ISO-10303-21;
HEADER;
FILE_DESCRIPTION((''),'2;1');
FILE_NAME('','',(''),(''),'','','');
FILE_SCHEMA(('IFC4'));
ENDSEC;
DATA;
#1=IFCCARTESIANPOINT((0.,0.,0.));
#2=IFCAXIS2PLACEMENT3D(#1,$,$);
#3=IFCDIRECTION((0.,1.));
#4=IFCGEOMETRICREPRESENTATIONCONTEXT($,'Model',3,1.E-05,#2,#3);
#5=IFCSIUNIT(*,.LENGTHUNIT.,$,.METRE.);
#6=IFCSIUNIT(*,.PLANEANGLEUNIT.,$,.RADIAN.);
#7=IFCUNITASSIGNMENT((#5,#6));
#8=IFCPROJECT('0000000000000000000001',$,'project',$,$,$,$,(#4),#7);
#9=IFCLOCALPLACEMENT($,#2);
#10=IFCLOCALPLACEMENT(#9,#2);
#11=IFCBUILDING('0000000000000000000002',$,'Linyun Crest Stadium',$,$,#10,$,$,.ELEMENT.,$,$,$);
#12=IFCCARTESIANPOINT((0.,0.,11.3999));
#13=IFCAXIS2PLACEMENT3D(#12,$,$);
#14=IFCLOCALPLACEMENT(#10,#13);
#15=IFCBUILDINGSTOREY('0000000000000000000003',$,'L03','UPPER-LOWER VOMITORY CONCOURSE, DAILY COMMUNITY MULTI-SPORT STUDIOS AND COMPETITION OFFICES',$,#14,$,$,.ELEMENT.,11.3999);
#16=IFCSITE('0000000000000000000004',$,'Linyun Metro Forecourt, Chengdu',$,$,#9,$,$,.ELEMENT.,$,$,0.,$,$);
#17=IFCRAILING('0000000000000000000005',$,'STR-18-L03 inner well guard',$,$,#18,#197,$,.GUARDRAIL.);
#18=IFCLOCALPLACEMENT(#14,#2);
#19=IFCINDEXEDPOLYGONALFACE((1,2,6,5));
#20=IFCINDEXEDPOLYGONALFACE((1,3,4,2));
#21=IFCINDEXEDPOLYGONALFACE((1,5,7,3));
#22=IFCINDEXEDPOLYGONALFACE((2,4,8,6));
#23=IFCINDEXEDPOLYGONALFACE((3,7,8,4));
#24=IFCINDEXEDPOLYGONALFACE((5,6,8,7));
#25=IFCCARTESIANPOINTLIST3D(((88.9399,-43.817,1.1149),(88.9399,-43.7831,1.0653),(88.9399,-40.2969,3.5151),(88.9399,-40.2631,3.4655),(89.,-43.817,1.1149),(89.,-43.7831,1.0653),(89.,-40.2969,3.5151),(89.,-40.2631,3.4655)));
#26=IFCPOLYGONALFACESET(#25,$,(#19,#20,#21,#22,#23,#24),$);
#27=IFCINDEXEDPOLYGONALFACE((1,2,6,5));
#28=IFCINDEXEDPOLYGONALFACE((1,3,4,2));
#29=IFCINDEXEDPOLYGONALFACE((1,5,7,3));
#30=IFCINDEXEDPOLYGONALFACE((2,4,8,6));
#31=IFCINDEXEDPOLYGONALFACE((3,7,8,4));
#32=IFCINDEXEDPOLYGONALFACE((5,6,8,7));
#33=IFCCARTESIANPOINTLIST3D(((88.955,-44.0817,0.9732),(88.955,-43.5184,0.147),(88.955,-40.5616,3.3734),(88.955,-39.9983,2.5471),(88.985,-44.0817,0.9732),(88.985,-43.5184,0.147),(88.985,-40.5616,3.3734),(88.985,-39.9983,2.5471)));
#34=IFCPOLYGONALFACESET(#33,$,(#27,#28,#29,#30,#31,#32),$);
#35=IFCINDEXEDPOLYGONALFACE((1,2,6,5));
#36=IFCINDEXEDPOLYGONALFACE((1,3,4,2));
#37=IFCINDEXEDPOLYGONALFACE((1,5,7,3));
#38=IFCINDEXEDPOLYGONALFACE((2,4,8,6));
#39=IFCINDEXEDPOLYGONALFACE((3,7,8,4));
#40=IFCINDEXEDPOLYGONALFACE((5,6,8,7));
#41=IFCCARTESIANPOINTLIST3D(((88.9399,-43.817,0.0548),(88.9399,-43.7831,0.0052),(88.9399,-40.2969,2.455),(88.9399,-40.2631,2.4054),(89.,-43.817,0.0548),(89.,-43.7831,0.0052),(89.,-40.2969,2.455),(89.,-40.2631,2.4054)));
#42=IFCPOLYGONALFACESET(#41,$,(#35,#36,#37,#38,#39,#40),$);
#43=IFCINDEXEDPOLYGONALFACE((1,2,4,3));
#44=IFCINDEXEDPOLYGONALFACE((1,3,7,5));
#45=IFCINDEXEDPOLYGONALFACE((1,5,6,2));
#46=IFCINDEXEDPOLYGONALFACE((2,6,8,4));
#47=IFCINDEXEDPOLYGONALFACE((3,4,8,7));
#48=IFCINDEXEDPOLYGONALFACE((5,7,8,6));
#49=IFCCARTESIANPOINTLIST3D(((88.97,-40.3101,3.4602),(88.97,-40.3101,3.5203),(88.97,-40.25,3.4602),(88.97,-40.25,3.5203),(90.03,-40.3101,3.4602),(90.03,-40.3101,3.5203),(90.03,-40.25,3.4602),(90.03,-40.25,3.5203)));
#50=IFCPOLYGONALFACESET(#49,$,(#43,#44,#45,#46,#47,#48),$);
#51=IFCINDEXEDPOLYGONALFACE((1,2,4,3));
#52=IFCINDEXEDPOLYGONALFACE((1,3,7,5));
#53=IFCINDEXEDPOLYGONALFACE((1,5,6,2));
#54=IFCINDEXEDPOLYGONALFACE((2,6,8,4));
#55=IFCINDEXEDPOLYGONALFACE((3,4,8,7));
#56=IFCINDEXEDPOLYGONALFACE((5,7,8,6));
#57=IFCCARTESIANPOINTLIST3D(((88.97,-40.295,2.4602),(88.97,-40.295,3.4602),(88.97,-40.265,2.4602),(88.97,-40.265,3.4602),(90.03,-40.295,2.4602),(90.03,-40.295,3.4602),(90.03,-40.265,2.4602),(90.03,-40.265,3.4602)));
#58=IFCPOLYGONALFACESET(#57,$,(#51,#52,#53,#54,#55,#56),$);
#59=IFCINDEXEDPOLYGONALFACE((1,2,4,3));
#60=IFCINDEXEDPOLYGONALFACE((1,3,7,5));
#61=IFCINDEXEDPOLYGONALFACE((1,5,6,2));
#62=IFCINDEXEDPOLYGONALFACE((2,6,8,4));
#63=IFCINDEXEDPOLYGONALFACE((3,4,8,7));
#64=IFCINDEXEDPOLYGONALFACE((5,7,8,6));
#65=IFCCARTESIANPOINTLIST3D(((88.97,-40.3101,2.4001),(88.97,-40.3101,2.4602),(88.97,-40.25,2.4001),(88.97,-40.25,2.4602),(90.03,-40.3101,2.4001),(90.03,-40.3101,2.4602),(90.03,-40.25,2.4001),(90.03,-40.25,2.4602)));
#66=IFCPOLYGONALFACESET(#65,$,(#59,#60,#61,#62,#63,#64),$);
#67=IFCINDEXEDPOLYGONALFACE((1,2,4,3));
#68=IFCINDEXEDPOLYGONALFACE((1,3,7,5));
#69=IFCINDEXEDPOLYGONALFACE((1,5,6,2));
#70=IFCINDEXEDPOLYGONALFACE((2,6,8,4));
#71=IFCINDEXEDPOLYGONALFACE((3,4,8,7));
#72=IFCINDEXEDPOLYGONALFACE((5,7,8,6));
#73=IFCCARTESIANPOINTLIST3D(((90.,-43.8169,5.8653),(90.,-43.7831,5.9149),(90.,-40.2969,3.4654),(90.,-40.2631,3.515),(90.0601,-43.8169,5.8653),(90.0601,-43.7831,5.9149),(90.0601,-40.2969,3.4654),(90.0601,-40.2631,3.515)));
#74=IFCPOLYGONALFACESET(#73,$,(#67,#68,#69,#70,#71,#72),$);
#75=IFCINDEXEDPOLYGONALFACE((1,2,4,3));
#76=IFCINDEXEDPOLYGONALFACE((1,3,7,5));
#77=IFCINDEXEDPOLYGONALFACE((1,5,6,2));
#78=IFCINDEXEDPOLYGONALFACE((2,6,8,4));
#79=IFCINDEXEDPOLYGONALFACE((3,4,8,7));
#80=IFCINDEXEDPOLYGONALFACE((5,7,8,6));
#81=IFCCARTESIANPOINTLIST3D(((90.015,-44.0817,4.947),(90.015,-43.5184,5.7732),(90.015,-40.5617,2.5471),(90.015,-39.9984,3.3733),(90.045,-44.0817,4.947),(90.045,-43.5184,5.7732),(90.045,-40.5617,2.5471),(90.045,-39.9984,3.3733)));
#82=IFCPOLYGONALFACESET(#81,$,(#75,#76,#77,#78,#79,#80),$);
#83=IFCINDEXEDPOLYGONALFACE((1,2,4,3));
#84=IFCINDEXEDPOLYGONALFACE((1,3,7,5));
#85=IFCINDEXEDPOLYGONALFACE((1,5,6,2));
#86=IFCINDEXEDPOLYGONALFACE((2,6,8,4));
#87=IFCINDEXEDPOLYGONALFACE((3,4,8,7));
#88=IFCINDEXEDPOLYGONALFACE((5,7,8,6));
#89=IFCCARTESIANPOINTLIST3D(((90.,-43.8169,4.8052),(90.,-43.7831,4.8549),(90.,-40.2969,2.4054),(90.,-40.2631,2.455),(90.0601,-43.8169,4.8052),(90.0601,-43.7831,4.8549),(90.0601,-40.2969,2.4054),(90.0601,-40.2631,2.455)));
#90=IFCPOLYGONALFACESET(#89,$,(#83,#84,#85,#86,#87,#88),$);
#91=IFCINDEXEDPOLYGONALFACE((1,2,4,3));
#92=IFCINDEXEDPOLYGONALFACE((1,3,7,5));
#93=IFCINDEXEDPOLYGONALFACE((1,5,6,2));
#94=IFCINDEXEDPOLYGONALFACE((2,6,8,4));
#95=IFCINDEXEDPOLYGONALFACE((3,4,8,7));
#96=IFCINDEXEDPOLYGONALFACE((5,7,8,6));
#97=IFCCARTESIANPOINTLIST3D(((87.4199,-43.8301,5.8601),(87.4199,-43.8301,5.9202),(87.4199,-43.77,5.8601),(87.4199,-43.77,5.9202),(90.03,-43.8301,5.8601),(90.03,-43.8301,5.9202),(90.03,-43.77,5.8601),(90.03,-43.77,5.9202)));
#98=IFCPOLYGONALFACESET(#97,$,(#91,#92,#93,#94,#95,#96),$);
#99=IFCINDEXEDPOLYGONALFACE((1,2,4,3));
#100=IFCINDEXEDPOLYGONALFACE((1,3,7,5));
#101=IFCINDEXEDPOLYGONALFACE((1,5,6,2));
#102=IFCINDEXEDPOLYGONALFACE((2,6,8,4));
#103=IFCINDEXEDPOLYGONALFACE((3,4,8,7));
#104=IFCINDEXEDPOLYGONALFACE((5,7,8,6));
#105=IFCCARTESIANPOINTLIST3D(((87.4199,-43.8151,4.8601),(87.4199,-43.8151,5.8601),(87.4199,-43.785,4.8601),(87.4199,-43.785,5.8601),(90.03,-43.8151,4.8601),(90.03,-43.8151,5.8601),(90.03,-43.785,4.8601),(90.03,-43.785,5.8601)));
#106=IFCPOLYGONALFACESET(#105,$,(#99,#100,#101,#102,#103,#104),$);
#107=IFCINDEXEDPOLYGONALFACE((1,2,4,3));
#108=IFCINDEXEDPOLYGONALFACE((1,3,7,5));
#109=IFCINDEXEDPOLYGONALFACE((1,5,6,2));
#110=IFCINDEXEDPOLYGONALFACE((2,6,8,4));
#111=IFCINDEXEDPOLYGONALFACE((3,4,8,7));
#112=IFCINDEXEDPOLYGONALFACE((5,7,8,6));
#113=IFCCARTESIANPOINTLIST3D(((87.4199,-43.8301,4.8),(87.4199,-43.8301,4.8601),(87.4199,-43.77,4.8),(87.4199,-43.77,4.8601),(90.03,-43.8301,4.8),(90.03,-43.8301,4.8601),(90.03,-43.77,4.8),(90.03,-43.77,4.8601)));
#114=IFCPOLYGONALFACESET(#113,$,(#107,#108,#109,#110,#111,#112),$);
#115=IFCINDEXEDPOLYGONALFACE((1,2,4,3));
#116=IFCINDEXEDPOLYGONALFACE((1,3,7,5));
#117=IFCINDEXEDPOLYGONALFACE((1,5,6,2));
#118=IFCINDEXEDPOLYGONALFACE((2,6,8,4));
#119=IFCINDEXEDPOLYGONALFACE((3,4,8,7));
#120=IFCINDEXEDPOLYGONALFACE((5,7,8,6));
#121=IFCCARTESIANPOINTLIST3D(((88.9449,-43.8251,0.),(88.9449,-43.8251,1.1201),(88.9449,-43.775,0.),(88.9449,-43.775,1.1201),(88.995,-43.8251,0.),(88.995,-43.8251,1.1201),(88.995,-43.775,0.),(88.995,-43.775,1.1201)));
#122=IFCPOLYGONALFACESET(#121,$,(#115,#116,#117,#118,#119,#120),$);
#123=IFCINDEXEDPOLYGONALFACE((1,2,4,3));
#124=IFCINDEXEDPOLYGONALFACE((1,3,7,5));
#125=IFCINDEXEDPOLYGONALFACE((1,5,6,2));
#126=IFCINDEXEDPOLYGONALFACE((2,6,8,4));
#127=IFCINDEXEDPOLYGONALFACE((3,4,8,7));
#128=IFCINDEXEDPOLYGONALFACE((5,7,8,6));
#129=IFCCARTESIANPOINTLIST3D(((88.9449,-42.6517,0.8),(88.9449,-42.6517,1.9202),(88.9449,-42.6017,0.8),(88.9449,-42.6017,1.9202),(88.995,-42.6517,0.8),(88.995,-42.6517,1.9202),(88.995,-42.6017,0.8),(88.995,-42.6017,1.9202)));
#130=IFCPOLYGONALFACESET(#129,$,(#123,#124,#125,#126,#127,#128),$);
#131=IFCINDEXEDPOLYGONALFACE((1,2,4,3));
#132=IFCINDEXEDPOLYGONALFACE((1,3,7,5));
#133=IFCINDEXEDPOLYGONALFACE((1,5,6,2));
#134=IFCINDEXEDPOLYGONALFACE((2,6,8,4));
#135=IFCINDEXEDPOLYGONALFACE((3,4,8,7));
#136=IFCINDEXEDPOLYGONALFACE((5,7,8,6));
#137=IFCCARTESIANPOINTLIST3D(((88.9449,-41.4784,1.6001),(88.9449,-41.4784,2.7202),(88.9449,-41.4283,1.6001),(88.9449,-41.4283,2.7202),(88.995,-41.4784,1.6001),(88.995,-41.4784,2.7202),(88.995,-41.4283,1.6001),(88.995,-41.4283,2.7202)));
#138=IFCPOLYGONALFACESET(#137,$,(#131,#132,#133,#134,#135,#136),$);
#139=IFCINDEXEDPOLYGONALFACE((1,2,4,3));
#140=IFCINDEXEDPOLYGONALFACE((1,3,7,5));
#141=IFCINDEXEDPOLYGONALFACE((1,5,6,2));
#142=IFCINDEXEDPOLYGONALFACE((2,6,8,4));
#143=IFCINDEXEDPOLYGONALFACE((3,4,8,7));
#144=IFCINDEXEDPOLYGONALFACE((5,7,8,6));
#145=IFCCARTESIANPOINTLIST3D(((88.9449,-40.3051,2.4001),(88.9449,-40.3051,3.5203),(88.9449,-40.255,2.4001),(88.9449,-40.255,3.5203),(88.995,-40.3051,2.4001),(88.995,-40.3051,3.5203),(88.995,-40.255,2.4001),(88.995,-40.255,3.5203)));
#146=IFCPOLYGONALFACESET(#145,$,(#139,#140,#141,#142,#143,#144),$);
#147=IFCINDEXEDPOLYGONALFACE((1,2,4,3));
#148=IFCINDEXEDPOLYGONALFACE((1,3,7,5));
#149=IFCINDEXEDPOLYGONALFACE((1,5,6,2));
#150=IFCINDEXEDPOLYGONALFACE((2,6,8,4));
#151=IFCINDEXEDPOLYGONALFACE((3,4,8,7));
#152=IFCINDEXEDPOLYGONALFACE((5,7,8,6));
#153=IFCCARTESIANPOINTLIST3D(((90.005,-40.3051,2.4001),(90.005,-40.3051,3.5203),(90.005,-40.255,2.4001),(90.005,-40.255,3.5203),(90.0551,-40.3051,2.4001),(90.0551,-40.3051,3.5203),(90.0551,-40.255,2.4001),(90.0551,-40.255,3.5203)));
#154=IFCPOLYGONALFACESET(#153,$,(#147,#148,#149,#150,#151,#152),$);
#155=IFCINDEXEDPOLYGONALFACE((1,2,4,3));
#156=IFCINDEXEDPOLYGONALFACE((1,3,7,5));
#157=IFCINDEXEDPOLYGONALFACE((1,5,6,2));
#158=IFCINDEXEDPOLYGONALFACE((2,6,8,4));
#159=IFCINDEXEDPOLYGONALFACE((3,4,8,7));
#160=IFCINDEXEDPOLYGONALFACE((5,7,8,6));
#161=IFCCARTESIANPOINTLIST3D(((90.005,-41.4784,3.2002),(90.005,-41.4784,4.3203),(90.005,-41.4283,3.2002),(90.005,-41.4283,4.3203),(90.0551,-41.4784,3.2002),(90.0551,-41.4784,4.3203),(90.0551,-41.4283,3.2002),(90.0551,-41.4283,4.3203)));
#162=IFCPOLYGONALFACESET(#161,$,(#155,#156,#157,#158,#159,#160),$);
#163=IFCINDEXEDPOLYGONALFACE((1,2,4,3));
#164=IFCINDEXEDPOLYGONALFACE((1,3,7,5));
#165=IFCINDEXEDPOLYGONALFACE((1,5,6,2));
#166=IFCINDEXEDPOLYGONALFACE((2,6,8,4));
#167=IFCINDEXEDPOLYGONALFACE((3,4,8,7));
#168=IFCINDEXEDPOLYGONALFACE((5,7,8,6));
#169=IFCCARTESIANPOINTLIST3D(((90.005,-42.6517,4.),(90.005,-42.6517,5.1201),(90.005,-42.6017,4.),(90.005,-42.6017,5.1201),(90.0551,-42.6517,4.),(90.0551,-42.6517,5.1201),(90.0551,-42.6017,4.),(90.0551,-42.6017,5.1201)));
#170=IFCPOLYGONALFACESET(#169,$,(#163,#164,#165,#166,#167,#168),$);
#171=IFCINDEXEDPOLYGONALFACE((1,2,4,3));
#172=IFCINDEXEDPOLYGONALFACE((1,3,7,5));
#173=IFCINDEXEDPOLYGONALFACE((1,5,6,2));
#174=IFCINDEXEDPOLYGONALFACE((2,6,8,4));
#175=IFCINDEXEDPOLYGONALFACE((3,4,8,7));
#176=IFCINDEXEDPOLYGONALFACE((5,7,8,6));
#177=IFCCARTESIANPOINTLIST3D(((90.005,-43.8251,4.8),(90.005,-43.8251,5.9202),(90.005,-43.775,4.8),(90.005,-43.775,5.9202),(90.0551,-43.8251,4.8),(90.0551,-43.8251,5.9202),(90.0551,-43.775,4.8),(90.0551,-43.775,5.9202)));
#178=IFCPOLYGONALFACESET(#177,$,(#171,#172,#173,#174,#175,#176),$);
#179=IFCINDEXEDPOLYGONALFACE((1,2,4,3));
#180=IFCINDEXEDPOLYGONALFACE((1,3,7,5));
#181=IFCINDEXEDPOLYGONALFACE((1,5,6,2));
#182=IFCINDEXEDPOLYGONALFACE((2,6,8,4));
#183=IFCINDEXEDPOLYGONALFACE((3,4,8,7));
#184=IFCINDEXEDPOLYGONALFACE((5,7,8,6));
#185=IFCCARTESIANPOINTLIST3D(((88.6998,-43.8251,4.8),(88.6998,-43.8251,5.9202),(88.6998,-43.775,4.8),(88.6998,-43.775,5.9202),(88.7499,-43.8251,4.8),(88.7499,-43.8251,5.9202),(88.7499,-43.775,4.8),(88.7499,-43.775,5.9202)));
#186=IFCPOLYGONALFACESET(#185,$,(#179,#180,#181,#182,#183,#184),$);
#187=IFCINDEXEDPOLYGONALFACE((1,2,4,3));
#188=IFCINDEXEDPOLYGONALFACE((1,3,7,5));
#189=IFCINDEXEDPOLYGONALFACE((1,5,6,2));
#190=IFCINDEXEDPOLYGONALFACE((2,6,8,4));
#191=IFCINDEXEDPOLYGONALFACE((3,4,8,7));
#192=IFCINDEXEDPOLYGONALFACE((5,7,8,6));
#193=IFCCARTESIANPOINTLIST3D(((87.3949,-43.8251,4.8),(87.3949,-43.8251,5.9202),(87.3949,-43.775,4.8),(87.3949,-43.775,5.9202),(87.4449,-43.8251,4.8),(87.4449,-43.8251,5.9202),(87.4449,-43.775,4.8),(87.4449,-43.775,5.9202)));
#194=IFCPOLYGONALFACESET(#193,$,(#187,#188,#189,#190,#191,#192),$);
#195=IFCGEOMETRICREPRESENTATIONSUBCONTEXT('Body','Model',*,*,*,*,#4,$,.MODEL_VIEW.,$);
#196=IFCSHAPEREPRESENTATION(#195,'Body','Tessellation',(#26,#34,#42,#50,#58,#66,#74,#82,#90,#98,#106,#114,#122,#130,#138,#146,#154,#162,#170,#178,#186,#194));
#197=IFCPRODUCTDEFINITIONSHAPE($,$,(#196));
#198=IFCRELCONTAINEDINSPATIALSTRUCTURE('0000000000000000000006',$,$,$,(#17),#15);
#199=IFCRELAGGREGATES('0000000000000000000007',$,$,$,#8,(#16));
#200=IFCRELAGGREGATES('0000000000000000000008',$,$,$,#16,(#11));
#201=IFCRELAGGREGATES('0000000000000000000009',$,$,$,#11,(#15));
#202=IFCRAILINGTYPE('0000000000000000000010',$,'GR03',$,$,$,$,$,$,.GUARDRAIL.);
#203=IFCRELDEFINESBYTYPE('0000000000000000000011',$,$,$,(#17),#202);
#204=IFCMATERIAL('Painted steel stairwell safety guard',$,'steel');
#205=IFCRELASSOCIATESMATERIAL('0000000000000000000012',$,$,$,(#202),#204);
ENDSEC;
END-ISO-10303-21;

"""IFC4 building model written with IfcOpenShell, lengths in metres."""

from ifc_helpers import new_model, si_unit, direction, frame, origin, origin_2d, place, context, subcontext, project, spatial, rectangle, extrude, material, type_object, element, save


model = new_model("IFC4")

# Units and contexts
model_context = context("Model", 3, precision=1e-05, world=origin(), true_north=direction((0.0, 1.0)))
body_context = subcontext(model_context, "Body", "Model", "MODEL_VIEW")
ifc_project = project(units=[si_unit("LENGTHUNIT", "METRE"), si_unit("PLANEANGLEUNIT", "RADIAN")], contexts=[model_context])

# Site, building, storey
site_placement = place(None, origin())
site = spatial("IfcSite", under=ifc_project, at=site_placement, Name="Linyun Metro Forecourt, Chengdu", CompositionType="ELEMENT", RefElevation=0.0)
building_placement = place(site_placement, origin())
building = spatial("IfcBuilding", under=site, at=building_placement, Name="Linyun Crest Stadium", CompositionType="ELEMENT")
storey_placement = place(building_placement, frame((0.0, 0.0, 11.3999)))
storey = spatial("IfcBuildingStorey", under=building, at=storey_placement, Name="L03", Description="UPPER-LOWER VOMITORY CONCOURSE, DAILY COMMUNITY MULTI-SPORT STUDIOS AND COMPETITION OFFICES", CompositionType="ELEMENT", Elevation=11.3999)

# Railing
ifc_material_1 = material(Name="Painted steel stairwell safety guard", Category="steel")
railing_type_1 = type_object("IfcRailingType", Name="GR03", PredefinedType="GUARDRAIL", material=ifc_material_1)
railing_1_placement = place(storey_placement, frame((88.97, -43.8, 0.0)))
element("IfcRailing", 1, at=railing_1_placement, inside=storey, type_object=railing_type_1, Name="STR-18-L03 inner well guard", PredefinedType="GUARDRAIL", context=body_context, shape_type="SweptSolid", body=[
    extrude(rectangle(XDim=0.0601, YDim=0.0601, at=origin_2d()), frame((0.0, 0.0, 1.0901), z_axis=(0.0, 0.826213, 0.563358), x_axis=(-1.0, 0.0, 0.0)), (0.0, 0.0, 1.0), 4.2605),
    extrude(rectangle(XDim=0.03, YDim=1.0, at=origin_2d()), frame((0.0, 0.0, 0.5601), z_axis=(0.0, 0.826213, 0.563358), x_axis=(-1.0, 0.0, 0.0)), (0.0, 0.0, 1.0), 4.2605),
    extrude(rectangle(XDim=0.0601, YDim=0.0601, at=origin_2d()), frame((0.0, 0.0, 0.03), z_axis=(0.0, 0.826213, 0.563358), x_axis=(-1.0, 0.0, 0.0)), (0.0, 0.0, 1.0), 4.2605),
    extrude(rectangle(XDim=0.0601, YDim=0.0601, at=origin_2d()), frame((0.0, 3.52, 3.4902), z_axis=(1.0, 0.0, 0.0), x_axis=(0.0, 1.0, 0.0)), (0.0, 0.0, 1.0), 1.0601),
    extrude(rectangle(XDim=0.03, YDim=1.0, at=origin_2d()), frame((0.0, 3.52, 2.9602), z_axis=(1.0, 0.0, 0.0), x_axis=(0.0, 1.0, 0.0)), (0.0, 0.0, 1.0), 1.0601),
    extrude(rectangle(XDim=0.0601, YDim=0.0601, at=origin_2d()), frame((0.0, 3.52, 2.4302), z_axis=(1.0, 0.0, 0.0), x_axis=(0.0, 1.0, 0.0)), (0.0, 0.0, 1.0), 1.0601),
    extrude(rectangle(XDim=0.0601, YDim=0.0601, at=origin_2d()), frame((1.0601, 3.52, 3.4902), z_axis=(0.0, -0.826239, 0.563319), x_axis=(1.0, 0.0, 0.0)), (0.0, 0.0, 1.0), 4.2603),
    extrude(rectangle(XDim=0.03, YDim=1.0, at=origin_2d()), frame((1.0601, 3.52, 2.9602), z_axis=(0.0, -0.826239, 0.563319), x_axis=(1.0, 0.0, 0.0)), (0.0, 0.0, 1.0), 4.2603),
    extrude(rectangle(XDim=0.0601, YDim=0.0601, at=origin_2d()), frame((1.0601, 3.52, 2.4302), z_axis=(0.0, -0.826239, 0.563319), x_axis=(1.0, 0.0, 0.0)), (0.0, 0.0, 1.0), 4.2603),
    extrude(rectangle(XDim=0.0601, YDim=0.0601, at=origin_2d()), frame((1.0601, 0.0, 5.8901), z_axis=(-1.0, 0.0, 0.0), x_axis=(0.0, -1.0, 0.0)), (0.0, 0.0, 1.0), 2.6101),
    extrude(rectangle(XDim=0.03, YDim=1.0, at=origin_2d()), frame((1.0601, 0.0, 5.3601), z_axis=(-1.0, 0.0, 0.0), x_axis=(0.0, -1.0, 0.0)), (0.0, 0.0, 1.0), 2.6101),
    extrude(rectangle(XDim=0.0601, YDim=0.0601, at=origin_2d()), frame((1.0601, 0.0, 4.8301), z_axis=(-1.0, 0.0, 0.0), x_axis=(0.0, -1.0, 0.0)), (0.0, 0.0, 1.0), 2.6101),
    extrude(rectangle(XDim=0.05, YDim=0.05, at=origin_2d()), origin(), (0.0, 0.0, 1.0), 1.1201),
    extrude(rectangle(XDim=0.05, YDim=0.05, at=origin_2d()), frame((0.0, 1.1733, 0.8)), (0.0, 0.0, 1.0), 1.1201),
    extrude(rectangle(XDim=0.05, YDim=0.05, at=origin_2d()), frame((0.0, 2.3467, 1.6001)), (0.0, 0.0, 1.0), 1.1201),
    extrude(rectangle(XDim=0.05, YDim=0.05, at=origin_2d()), frame((0.0, 3.52, 2.4001)), (0.0, 0.0, 1.0), 1.1201),
    extrude(rectangle(XDim=0.05, YDim=0.05, at=origin_2d()), frame((1.0601, 3.52, 2.4001)), (0.0, 0.0, 1.0), 1.1201),
    extrude(rectangle(XDim=0.05, YDim=0.05, at=origin_2d()), frame((1.0601, 2.3467, 3.2002)), (0.0, 0.0, 1.0), 1.1201),
    extrude(rectangle(XDim=0.05, YDim=0.05, at=origin_2d()), frame((1.0601, 1.1733, 4.0)), (0.0, 0.0, 1.0), 1.1201),
    extrude(rectangle(XDim=0.05, YDim=0.05, at=origin_2d()), frame((1.0601, 0.0, 4.8)), (0.0, 0.0, 1.0), 1.1201),
    extrude(rectangle(XDim=0.05, YDim=0.05, at=origin_2d()), frame((-0.2451, 0.0, 4.8)), (0.0, 0.0, 1.0), 1.1201),
    extrude(rectangle(XDim=0.05, YDim=0.05, at=origin_2d()), frame((-1.55, 0.0, 4.8)), (0.0, 0.0, 1.0), 1.1201),
])

save(model, "model.ifc")
